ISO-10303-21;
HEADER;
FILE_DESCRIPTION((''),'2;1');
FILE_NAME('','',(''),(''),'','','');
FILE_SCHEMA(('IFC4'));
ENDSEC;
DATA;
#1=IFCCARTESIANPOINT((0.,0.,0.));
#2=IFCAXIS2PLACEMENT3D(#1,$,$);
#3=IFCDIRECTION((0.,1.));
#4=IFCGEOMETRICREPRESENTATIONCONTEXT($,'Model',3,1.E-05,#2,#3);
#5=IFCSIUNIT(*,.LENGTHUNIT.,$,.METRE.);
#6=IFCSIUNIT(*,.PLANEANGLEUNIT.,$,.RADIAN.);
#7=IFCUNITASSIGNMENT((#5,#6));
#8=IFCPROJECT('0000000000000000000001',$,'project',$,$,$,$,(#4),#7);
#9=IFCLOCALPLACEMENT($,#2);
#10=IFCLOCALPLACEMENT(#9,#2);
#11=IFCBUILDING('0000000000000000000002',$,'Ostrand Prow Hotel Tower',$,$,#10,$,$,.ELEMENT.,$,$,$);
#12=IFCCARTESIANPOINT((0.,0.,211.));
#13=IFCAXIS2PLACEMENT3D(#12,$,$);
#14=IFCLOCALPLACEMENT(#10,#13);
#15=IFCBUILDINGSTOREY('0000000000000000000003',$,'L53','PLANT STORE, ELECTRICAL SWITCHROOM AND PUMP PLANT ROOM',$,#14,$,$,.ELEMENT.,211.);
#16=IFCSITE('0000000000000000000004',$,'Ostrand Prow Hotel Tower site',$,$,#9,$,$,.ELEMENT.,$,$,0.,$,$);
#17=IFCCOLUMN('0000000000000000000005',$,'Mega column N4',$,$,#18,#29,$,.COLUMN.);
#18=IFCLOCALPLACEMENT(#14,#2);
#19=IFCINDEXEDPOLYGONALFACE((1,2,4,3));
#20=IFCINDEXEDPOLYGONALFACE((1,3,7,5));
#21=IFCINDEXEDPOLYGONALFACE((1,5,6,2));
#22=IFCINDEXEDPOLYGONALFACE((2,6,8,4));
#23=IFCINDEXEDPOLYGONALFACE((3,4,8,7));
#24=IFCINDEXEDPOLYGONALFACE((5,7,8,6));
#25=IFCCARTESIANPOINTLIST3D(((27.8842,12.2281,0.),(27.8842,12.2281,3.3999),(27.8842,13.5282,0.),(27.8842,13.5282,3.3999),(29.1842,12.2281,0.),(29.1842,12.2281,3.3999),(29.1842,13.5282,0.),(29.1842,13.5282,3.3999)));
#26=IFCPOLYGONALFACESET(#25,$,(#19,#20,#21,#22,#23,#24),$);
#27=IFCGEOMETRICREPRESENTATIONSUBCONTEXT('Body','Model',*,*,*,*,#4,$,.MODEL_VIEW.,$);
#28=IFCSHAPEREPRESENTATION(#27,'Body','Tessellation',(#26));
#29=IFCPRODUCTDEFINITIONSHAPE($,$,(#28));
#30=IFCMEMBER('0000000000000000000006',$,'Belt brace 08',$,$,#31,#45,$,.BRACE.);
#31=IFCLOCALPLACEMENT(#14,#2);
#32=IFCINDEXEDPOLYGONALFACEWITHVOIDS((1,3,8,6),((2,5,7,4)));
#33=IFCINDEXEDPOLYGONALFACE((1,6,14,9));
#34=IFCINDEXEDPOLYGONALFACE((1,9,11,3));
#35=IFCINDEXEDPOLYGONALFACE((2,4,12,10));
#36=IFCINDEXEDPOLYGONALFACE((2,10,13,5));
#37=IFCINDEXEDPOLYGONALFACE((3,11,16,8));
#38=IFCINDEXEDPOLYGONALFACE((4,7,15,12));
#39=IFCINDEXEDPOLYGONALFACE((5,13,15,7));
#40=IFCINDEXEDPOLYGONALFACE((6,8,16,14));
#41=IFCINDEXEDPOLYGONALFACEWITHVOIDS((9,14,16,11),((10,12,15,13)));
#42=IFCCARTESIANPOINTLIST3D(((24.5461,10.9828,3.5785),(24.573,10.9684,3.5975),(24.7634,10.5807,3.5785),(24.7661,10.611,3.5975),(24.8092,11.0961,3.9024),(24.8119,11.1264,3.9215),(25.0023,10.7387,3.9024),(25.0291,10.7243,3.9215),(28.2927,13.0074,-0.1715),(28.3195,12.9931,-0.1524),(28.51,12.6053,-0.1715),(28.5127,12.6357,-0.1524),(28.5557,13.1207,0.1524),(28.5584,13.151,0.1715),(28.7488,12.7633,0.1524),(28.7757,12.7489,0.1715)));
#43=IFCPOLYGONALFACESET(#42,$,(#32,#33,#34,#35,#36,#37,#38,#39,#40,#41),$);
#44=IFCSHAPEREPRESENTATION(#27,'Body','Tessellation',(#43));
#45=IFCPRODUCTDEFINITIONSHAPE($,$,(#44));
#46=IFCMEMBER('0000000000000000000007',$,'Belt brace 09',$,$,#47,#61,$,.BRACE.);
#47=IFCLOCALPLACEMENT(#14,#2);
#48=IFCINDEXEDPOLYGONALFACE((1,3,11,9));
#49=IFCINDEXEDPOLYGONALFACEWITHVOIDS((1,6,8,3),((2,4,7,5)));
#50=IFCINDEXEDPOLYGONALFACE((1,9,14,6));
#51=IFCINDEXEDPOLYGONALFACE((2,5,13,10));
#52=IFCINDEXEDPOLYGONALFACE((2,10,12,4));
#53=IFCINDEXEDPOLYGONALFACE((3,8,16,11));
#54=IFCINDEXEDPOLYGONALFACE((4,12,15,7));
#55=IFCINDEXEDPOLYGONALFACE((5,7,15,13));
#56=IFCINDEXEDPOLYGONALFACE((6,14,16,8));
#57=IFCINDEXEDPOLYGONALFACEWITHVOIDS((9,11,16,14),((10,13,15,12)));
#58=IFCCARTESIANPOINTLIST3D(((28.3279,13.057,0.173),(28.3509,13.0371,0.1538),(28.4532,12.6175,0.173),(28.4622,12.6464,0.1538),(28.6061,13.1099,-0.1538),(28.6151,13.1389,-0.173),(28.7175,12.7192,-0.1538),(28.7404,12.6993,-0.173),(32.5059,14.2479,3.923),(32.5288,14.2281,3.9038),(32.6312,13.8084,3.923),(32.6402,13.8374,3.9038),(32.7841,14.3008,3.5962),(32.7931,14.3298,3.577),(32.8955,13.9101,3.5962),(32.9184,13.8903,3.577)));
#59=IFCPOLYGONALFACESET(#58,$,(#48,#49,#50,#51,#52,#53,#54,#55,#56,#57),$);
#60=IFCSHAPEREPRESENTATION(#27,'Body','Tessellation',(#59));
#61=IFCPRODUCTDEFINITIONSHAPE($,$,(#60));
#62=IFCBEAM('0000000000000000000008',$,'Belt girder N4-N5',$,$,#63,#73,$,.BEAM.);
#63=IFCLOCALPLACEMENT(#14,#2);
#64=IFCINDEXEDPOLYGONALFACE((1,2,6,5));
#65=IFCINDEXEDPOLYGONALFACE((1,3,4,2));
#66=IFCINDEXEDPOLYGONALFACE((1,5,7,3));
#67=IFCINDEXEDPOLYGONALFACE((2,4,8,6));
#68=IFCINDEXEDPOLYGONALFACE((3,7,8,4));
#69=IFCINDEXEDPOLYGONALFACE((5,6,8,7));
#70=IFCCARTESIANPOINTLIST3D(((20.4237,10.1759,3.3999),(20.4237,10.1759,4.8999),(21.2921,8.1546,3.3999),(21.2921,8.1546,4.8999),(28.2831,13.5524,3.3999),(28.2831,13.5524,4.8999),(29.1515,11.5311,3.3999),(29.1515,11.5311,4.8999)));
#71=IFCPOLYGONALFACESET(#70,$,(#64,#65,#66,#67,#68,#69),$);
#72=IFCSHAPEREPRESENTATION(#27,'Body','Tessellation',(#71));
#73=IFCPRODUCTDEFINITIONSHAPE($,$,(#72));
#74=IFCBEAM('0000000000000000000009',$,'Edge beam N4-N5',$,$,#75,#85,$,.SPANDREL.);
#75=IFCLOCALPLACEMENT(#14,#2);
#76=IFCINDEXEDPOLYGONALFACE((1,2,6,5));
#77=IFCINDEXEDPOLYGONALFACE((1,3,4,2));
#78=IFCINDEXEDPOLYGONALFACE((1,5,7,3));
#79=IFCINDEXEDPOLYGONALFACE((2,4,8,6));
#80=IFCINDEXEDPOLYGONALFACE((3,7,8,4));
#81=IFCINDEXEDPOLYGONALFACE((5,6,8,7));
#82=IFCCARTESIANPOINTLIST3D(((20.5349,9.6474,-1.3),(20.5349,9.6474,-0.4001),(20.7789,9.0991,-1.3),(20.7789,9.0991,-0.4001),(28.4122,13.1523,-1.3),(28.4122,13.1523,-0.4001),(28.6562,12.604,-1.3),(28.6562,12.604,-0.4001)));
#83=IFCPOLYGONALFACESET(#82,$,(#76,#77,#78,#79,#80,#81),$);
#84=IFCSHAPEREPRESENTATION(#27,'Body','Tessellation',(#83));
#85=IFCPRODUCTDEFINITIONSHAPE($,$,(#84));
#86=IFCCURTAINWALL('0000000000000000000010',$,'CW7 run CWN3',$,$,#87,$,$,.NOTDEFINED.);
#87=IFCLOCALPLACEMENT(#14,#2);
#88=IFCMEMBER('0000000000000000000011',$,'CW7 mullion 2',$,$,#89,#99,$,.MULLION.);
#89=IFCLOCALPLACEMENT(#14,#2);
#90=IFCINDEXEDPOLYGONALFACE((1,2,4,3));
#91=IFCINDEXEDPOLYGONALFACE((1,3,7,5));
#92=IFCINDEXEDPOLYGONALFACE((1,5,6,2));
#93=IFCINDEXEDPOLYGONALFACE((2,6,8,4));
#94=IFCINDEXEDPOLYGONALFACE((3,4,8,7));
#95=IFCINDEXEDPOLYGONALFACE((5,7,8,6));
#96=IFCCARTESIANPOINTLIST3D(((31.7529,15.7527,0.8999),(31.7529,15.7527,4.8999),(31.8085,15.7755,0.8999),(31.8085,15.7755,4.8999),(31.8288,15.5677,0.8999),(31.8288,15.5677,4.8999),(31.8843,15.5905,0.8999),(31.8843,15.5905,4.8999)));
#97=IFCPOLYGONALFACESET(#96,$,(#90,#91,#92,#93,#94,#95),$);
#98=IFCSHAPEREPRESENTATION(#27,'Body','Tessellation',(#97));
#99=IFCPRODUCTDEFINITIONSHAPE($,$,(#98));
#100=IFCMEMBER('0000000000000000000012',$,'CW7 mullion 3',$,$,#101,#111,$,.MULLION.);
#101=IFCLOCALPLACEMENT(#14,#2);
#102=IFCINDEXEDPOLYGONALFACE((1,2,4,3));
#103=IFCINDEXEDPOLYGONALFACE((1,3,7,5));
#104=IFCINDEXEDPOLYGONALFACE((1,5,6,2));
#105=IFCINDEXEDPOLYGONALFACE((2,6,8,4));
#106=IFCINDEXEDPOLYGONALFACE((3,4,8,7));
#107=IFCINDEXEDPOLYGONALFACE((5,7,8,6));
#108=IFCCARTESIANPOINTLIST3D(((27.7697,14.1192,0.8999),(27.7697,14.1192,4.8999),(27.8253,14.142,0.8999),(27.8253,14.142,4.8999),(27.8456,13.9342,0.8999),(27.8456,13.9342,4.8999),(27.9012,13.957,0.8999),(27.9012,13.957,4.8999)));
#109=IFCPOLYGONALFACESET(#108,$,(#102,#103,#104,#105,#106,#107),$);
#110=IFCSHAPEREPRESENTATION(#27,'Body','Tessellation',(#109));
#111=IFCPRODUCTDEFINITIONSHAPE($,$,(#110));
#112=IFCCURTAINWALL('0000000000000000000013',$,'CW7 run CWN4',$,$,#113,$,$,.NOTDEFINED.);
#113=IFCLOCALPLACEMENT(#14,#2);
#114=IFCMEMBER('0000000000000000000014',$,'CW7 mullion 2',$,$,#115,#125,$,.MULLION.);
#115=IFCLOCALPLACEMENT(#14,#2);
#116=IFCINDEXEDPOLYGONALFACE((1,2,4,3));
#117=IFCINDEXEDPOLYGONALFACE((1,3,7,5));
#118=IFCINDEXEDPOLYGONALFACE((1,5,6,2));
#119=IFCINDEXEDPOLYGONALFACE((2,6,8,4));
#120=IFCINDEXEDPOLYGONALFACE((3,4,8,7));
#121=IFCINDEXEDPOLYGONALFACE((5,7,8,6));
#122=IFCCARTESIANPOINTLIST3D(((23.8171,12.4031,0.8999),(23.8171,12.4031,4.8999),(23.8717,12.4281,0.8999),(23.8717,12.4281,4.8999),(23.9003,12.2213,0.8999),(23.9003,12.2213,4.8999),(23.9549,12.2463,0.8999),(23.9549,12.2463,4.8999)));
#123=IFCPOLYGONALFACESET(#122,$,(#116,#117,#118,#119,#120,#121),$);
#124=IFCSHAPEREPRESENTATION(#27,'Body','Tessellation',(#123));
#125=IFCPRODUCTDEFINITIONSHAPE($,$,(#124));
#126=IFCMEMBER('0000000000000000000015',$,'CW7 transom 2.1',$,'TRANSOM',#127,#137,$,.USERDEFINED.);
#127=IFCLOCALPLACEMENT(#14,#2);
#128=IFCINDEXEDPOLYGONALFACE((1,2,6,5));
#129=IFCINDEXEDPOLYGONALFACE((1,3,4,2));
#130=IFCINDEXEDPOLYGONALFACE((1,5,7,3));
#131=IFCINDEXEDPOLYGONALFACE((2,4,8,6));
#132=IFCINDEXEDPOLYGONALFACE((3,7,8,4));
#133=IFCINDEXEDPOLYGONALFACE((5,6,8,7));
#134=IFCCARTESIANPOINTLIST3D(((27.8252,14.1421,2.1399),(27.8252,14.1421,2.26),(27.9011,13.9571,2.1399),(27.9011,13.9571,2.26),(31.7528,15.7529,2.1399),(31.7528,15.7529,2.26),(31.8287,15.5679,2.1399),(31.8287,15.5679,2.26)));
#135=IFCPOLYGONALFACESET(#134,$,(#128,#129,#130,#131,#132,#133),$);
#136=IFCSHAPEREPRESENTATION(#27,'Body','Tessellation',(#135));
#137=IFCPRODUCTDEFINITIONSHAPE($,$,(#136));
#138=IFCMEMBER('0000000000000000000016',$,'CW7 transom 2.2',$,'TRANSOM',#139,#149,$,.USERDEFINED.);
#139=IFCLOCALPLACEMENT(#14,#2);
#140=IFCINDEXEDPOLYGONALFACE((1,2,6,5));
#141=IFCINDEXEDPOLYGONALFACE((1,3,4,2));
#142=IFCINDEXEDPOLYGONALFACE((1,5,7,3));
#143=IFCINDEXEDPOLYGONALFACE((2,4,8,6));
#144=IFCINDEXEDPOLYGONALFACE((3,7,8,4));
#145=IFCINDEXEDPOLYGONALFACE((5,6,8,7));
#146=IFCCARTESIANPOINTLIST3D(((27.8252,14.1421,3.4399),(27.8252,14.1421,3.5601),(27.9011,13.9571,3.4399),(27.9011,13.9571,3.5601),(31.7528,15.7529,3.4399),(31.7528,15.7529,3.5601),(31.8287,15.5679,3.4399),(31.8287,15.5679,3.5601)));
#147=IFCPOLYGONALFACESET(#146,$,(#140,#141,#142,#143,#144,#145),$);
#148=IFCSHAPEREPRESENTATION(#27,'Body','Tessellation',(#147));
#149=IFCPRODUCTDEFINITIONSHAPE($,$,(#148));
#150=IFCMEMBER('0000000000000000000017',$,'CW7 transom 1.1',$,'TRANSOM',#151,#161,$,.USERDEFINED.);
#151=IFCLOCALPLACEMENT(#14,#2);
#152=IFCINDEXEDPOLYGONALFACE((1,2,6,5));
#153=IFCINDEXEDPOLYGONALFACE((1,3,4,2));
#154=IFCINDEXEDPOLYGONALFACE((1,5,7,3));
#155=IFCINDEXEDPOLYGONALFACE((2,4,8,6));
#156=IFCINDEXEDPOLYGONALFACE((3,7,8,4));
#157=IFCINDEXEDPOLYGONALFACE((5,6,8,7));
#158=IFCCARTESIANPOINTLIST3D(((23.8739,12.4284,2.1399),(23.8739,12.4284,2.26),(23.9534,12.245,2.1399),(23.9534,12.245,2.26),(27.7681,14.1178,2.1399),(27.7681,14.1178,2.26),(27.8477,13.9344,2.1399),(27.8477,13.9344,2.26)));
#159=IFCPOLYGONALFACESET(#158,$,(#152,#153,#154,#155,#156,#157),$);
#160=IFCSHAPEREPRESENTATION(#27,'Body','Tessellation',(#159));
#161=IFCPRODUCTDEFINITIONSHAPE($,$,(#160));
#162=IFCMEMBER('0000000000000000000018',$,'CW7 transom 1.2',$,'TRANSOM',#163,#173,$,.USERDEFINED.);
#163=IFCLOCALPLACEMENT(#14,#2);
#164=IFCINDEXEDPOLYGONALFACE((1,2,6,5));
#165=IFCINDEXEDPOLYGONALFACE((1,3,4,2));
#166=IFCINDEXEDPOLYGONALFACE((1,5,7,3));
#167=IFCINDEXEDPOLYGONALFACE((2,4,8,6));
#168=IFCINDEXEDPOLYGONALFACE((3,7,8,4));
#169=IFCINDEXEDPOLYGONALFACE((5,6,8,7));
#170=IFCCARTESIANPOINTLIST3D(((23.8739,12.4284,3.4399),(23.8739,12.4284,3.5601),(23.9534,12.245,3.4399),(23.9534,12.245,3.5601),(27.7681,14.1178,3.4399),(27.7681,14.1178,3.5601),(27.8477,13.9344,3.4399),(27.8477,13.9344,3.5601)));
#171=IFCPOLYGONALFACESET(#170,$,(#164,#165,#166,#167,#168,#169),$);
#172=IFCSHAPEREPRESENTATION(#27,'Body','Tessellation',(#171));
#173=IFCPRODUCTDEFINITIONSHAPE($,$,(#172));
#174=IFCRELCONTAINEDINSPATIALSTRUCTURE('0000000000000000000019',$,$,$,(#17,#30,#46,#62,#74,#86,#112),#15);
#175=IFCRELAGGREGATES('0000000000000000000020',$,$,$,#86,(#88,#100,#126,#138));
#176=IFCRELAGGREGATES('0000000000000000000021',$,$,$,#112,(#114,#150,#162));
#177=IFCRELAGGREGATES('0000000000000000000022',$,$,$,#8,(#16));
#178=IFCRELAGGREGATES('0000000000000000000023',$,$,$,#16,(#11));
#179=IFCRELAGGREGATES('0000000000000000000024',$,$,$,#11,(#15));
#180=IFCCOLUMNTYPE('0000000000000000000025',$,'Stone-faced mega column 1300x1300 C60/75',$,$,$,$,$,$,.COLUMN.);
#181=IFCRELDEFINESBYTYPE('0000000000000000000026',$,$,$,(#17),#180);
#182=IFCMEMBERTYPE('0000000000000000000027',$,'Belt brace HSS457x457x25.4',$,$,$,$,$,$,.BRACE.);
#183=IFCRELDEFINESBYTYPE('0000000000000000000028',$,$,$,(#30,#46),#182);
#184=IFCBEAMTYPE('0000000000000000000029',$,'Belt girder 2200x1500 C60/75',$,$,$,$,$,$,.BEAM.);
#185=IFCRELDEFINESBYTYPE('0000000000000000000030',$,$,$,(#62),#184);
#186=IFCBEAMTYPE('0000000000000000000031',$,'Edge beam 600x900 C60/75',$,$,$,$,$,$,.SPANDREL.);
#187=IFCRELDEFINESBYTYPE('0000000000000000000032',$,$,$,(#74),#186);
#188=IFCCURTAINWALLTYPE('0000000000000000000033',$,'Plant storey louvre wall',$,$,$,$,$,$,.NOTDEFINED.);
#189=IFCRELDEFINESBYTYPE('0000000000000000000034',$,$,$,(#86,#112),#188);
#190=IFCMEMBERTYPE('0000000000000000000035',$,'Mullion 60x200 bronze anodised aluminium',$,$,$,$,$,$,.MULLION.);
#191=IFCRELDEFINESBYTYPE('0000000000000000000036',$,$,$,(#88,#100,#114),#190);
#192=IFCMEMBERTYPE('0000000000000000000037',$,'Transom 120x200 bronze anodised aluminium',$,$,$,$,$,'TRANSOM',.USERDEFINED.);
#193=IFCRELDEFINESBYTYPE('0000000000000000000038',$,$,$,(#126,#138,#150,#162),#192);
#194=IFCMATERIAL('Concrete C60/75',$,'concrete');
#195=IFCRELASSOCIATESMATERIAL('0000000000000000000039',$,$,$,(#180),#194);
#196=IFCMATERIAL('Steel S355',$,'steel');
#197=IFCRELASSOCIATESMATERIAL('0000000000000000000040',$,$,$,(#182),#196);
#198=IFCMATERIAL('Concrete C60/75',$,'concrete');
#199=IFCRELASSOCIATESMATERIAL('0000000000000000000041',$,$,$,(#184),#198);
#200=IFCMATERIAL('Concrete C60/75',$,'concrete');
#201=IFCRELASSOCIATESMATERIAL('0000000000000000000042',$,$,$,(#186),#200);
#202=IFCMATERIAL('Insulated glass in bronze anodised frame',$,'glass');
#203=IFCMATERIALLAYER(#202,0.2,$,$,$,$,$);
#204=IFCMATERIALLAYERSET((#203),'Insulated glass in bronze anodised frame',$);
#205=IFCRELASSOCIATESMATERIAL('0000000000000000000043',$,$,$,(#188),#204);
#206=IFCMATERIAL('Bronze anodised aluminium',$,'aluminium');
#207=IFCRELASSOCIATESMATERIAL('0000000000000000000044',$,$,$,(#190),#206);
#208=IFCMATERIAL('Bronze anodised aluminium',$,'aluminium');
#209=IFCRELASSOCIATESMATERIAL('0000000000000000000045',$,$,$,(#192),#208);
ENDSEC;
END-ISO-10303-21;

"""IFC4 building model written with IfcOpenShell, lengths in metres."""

from ifc_helpers import new_model, si_unit, direction, frame, origin, origin_2d, place, context, subcontext, project, spatial, rectangle, hollow_rectangle, extrude, material, layer, layer_set, material_profile, profile_set, type_object, element, aggregate, save


model = new_model("IFC4")

# Units and contexts
model_context = context("Model", 3, precision=1e-05, world=origin(), true_north=direction((0.0, 1.0)))
body_context = subcontext(model_context, "Body", "Model", "MODEL_VIEW")
ifc_project = project(units=[si_unit("LENGTHUNIT", "METRE"), si_unit("PLANEANGLEUNIT", "RADIAN")], contexts=[model_context])

# Site, building, storey
site_placement = place(None, origin())
site = spatial("IfcSite", under=ifc_project, at=site_placement, Name="Ostrand Prow Hotel Tower site", CompositionType="ELEMENT", RefElevation=0.0)
building_placement = place(site_placement, origin())
building = spatial("IfcBuilding", under=site, at=building_placement, Name="Ostrand Prow Hotel Tower", CompositionType="ELEMENT")
storey_placement = place(building_placement, frame((0.0, 0.0, 211.0)))
storey = spatial("IfcBuildingStorey", under=building, at=storey_placement, Name="L53", Description="PLANT STORE, ELECTRICAL SWITCHROOM AND PUMP PLANT ROOM", CompositionType="ELEMENT", Elevation=211.0)

# Column
ifc_material_1 = material(Name="Concrete C60/75", Category="concrete")
ifc_material_profile_1 = material_profile(ifc_material_1, rectangle(XDim=1.3, YDim=1.3, at=origin_2d()), Name="RC 1300x1300")
ifc_profile_set_1 = profile_set([ifc_material_profile_1], Name="Concrete C60/75")
column_type = type_object("IfcColumnType", Name="Stone-faced mega column 1300x1300 C60/75", PredefinedType="COLUMN", material=ifc_profile_set_1)
column_placement = place(storey_placement, frame((28.5342, 12.8782, 0.0), z_axis=(0.0, 0.0, 1.0), x_axis=(1.0, 0.0, 0.0)))
element("IfcColumn", 1, at=column_placement, inside=storey, type_object=column_type, Name="Mega column N4", PredefinedType="COLUMN", context=body_context, shape_type="SweptSolid", body=[
    extrude(rectangle(XDim=1.3, YDim=1.3, at=origin_2d()), origin(), (0.0, 0.0, 1.0), 3.3999),
])

# Members
ifc_material_2 = material(Name="Steel S355", Category="steel")
ifc_material_profile_2 = material_profile(ifc_material_2, hollow_rectangle(XDim=0.457, YDim=0.457, WallThickness=0.0254, at=origin_2d()), Name="HSS457x457x25.4")
ifc_profile_set_2 = profile_set([ifc_material_profile_2], Name="Steel S355")
member_type_1 = type_object("IfcMemberType", Name="Belt brace HSS457x457x25.4", PredefinedType="BRACE", material=ifc_profile_set_2)
member_1_placement = place(storey_placement, frame((28.5342, 12.8782, 0.0), z_axis=(-0.660262, -0.356807, 0.660865), x_axis=(0.475422, -0.879758, 0.0)))
element("IfcMember", 2, at=member_1_placement, inside=storey, type_object=member_type_1, Name="Belt brace 08", PredefinedType="BRACE", context=body_context, shape_type="SweptSolid", body=[
    extrude(hollow_rectangle(XDim=0.457, YDim=0.457, WallThickness=0.0254, at=origin_2d()), origin(), (0.0, 0.0, 1.0), 5.6743),
])
member_2_placement = place(storey_placement, frame((28.5342, 12.8782, 0.0), z_axis=(0.727996, 0.207513, 0.653422), x_axis=(-0.274127, 0.961693, 0.0)))
element("IfcMember", 3, at=member_2_placement, inside=storey, type_object=member_type_1, Name="Belt brace 09", PredefinedType="BRACE", context=body_context, shape_type="SweptSolid", body=[
    extrude(hollow_rectangle(XDim=0.457, YDim=0.457, WallThickness=0.0254, at=origin_2d()), origin(), (0.0, 0.0, 1.0), 5.739),
])

# Beams
ifc_material_3 = material(Name="Concrete C60/75", Category="concrete")
ifc_material_profile_3 = material_profile(ifc_material_3, rectangle(XDim=2.2, YDim=1.5, at=origin_2d()), Name="RC 2200x1500")
ifc_profile_set_3 = profile_set([ifc_material_profile_3], Name="Concrete C60/75")
beam_type_1 = type_object("IfcBeamType", Name="Belt girder 2200x1500 C60/75", PredefinedType="BEAM", material=ifc_profile_set_3)
beam_1_placement = place(storey_placement, frame((28.7173, 12.5417, 4.1499), z_axis=(-0.918799, -0.394725, 0.0), x_axis=(0.394725, -0.918799, 0.0)))
element("IfcBeam", 4, at=beam_1_placement, inside=storey, type_object=beam_type_1, Name="Belt girder N4-N5", PredefinedType="BEAM", context=body_context, shape_type="SweptSolid", body=[
    extrude(rectangle(XDim=2.2, YDim=1.5, at=origin_2d()), origin(), (0.0, 0.0, 1.0), 8.554),
])
ifc_material_4 = material(Name="Concrete C60/75", Category="concrete")
ifc_material_profile_4 = material_profile(ifc_material_4, rectangle(XDim=0.6001, YDim=0.8999, at=origin_2d()), Name="RC 600x900")
ifc_profile_set_4 = profile_set([ifc_material_profile_4], Name="Concrete C60/75")
beam_type_2 = type_object("IfcBeamType", Name="Edge beam 600x900 C60/75", PredefinedType="SPANDREL", material=ifc_profile_set_4)
beam_2_placement = place(storey_placement, frame((28.5342, 12.8782, -0.8501), z_axis=(-0.913643, -0.406517, 0.0), x_axis=(0.406517, -0.913643, 0.0)))
element("IfcBeam", 5, at=beam_2_placement, inside=storey, type_object=beam_type_2, Name="Edge beam N4-N5", PredefinedType="SPANDREL", context=body_context, shape_type="SweptSolid", body=[
    extrude(rectangle(XDim=0.6001, YDim=0.8999, at=origin_2d()), origin(), (0.0, 0.0, 1.0), 8.6218),
])

# Curtain wall, members
ifc_material_5 = material(Name="Insulated glass in bronze anodised frame", Category="glass")
ifc_layer_1 = layer(ifc_material_5, 0.2)
ifc_layer_set_1 = layer_set([ifc_layer_1], Name="Insulated glass in bronze anodised frame")
curtain_wall_type = type_object("IfcCurtainWallType", Name="Plant storey louvre wall", PredefinedType="NOTDEFINED", material=ifc_layer_set_1)
curtain_wall_1_placement = place(storey_placement, origin())
curtain_wall_1 = element("IfcCurtainWall", 6, at=curtain_wall_1_placement, inside=storey, type_object=curtain_wall_type, Name="CW7 run CWN3", PredefinedType="NOTDEFINED")
ifc_material_6 = material(Name="Bronze anodised aluminium", Category="aluminium")
ifc_material_profile_5 = material_profile(ifc_material_6, rectangle(XDim=0.2, YDim=0.0601, at=origin_2d()), Name="Mullion 60x200 bronze anodised aluminium")
ifc_profile_set_5 = profile_set([ifc_material_profile_5], Name="Bronze anodised aluminium")
member_type_2 = type_object("IfcMemberType", Name="Mullion 60x200 bronze anodised aluminium", PredefinedType="MULLION", material=ifc_profile_set_5)
member_3_placement = place(storey_placement, frame((31.8186, 15.6716, 0.8999), z_axis=(0.0, 0.0, 1.0), x_axis=(0.379453, -0.925211, 0.0)))
member_3 = element("IfcMember", 7, at=member_3_placement, type_object=member_type_2, Name="CW7 mullion 2", PredefinedType="MULLION", context=body_context, shape_type="SweptSolid", body=[
    extrude(rectangle(XDim=0.2, YDim=0.0601, at=origin_2d()), origin(), (0.0, 0.0, 1.0), 4.0),
])
member_4_placement = place(storey_placement, frame((27.8354, 14.0381, 0.8999), z_axis=(0.0, 0.0, 1.0), x_axis=(0.379453, -0.925211, 0.0)))
member_4 = element("IfcMember", 8, at=member_4_placement, type_object=member_type_2, Name="CW7 mullion 3", PredefinedType="MULLION", context=body_context, shape_type="SweptSolid", body=[
    extrude(rectangle(XDim=0.2, YDim=0.0601, at=origin_2d()), origin(), (0.0, 0.0, 1.0), 4.0),
])

# Curtain wall, member
curtain_wall_2_placement = place(storey_placement, origin())
curtain_wall_2 = element("IfcCurtainWall", 9, at=curtain_wall_2_placement, inside=storey, type_object=curtain_wall_type, Name="CW7 run CWN4", PredefinedType="NOTDEFINED")
member_5_placement = place(storey_placement, frame((23.886, 12.3247, 0.8999), z_axis=(0.0, 0.0, 1.0), x_axis=(0.416393, -0.909185, 0.0)))
member_5 = element("IfcMember", 10, at=member_5_placement, type_object=member_type_2, Name="CW7 mullion 2", PredefinedType="MULLION", context=body_context, shape_type="SweptSolid", body=[
    extrude(rectangle(XDim=0.2, YDim=0.0601, at=origin_2d()), origin(), (0.0, 0.0, 1.0), 4.0),
])

# Members
ifc_material_7 = material(Name="Bronze anodised aluminium", Category="aluminium")
ifc_material_profile_6 = material_profile(ifc_material_7, rectangle(XDim=0.2, YDim=0.1201, at=origin_2d()), Name="Transom 120x200 bronze anodised aluminium")
ifc_profile_set_6 = profile_set([ifc_material_profile_6], Name="Bronze anodised aluminium")
member_type_3 = type_object("IfcMemberType", Name="Transom 120x200 bronze anodised aluminium", ElementType="TRANSOM", PredefinedType="USERDEFINED", material=ifc_profile_set_6)
member_6_placement = place(storey_placement, frame((31.7908, 15.6604, 2.2), z_axis=(-0.925213, -0.379448, 0.0), x_axis=(0.379448, -0.925213, 0.0)))
member_6 = element("IfcMember", 11, at=member_6_placement, type_object=member_type_3, Name="CW7 transom 2.1", ObjectType="TRANSOM", PredefinedType="USERDEFINED", context=body_context, shape_type="SweptSolid", body=[
    extrude(rectangle(XDim=0.2, YDim=0.1201, at=origin_2d()), origin(), (0.0, 0.0, 1.0), 4.2451),
])
member_7_placement = place(storey_placement, frame((31.7908, 15.6604, 3.5), z_axis=(-0.925213, -0.379448, 0.0), x_axis=(0.379448, -0.925213, 0.0)))
member_7 = element("IfcMember", 12, at=member_7_placement, type_object=member_type_3, Name="CW7 transom 2.2", ObjectType="TRANSOM", PredefinedType="USERDEFINED", context=body_context, shape_type="SweptSolid", body=[
    extrude(rectangle(XDim=0.2, YDim=0.1201, at=origin_2d()), origin(), (0.0, 0.0, 1.0), 4.2451),
])
member_8_placement = place(storey_placement, frame((27.8079, 14.0261, 2.2), z_axis=(-0.91739, -0.39799, 0.0), x_axis=(0.39799, -0.91739, 0.0)))
member_8 = element("IfcMember", 13, at=member_8_placement, type_object=member_type_3, Name="CW7 transom 1.1", ObjectType="TRANSOM", PredefinedType="USERDEFINED", context=body_context, shape_type="SweptSolid", body=[
    extrude(rectangle(XDim=0.2, YDim=0.1201, at=origin_2d()), origin(), (0.0, 0.0, 1.0), 4.2449),
])
member_9_placement = place(storey_placement, frame((27.8079, 14.0261, 3.5), z_axis=(-0.91739, -0.39799, 0.0), x_axis=(0.39799, -0.91739, 0.0)))
member_9 = element("IfcMember", 14, at=member_9_placement, type_object=member_type_3, Name="CW7 transom 1.2", ObjectType="TRANSOM", PredefinedType="USERDEFINED", context=body_context, shape_type="SweptSolid", body=[
    extrude(rectangle(XDim=0.2, YDim=0.1201, at=origin_2d()), origin(), (0.0, 0.0, 1.0), 4.2449),
])

aggregate(curtain_wall_1, [member_3, member_4, member_6, member_7])
aggregate(curtain_wall_2, [member_5, member_8, member_9])

save(model, "model.ifc")
